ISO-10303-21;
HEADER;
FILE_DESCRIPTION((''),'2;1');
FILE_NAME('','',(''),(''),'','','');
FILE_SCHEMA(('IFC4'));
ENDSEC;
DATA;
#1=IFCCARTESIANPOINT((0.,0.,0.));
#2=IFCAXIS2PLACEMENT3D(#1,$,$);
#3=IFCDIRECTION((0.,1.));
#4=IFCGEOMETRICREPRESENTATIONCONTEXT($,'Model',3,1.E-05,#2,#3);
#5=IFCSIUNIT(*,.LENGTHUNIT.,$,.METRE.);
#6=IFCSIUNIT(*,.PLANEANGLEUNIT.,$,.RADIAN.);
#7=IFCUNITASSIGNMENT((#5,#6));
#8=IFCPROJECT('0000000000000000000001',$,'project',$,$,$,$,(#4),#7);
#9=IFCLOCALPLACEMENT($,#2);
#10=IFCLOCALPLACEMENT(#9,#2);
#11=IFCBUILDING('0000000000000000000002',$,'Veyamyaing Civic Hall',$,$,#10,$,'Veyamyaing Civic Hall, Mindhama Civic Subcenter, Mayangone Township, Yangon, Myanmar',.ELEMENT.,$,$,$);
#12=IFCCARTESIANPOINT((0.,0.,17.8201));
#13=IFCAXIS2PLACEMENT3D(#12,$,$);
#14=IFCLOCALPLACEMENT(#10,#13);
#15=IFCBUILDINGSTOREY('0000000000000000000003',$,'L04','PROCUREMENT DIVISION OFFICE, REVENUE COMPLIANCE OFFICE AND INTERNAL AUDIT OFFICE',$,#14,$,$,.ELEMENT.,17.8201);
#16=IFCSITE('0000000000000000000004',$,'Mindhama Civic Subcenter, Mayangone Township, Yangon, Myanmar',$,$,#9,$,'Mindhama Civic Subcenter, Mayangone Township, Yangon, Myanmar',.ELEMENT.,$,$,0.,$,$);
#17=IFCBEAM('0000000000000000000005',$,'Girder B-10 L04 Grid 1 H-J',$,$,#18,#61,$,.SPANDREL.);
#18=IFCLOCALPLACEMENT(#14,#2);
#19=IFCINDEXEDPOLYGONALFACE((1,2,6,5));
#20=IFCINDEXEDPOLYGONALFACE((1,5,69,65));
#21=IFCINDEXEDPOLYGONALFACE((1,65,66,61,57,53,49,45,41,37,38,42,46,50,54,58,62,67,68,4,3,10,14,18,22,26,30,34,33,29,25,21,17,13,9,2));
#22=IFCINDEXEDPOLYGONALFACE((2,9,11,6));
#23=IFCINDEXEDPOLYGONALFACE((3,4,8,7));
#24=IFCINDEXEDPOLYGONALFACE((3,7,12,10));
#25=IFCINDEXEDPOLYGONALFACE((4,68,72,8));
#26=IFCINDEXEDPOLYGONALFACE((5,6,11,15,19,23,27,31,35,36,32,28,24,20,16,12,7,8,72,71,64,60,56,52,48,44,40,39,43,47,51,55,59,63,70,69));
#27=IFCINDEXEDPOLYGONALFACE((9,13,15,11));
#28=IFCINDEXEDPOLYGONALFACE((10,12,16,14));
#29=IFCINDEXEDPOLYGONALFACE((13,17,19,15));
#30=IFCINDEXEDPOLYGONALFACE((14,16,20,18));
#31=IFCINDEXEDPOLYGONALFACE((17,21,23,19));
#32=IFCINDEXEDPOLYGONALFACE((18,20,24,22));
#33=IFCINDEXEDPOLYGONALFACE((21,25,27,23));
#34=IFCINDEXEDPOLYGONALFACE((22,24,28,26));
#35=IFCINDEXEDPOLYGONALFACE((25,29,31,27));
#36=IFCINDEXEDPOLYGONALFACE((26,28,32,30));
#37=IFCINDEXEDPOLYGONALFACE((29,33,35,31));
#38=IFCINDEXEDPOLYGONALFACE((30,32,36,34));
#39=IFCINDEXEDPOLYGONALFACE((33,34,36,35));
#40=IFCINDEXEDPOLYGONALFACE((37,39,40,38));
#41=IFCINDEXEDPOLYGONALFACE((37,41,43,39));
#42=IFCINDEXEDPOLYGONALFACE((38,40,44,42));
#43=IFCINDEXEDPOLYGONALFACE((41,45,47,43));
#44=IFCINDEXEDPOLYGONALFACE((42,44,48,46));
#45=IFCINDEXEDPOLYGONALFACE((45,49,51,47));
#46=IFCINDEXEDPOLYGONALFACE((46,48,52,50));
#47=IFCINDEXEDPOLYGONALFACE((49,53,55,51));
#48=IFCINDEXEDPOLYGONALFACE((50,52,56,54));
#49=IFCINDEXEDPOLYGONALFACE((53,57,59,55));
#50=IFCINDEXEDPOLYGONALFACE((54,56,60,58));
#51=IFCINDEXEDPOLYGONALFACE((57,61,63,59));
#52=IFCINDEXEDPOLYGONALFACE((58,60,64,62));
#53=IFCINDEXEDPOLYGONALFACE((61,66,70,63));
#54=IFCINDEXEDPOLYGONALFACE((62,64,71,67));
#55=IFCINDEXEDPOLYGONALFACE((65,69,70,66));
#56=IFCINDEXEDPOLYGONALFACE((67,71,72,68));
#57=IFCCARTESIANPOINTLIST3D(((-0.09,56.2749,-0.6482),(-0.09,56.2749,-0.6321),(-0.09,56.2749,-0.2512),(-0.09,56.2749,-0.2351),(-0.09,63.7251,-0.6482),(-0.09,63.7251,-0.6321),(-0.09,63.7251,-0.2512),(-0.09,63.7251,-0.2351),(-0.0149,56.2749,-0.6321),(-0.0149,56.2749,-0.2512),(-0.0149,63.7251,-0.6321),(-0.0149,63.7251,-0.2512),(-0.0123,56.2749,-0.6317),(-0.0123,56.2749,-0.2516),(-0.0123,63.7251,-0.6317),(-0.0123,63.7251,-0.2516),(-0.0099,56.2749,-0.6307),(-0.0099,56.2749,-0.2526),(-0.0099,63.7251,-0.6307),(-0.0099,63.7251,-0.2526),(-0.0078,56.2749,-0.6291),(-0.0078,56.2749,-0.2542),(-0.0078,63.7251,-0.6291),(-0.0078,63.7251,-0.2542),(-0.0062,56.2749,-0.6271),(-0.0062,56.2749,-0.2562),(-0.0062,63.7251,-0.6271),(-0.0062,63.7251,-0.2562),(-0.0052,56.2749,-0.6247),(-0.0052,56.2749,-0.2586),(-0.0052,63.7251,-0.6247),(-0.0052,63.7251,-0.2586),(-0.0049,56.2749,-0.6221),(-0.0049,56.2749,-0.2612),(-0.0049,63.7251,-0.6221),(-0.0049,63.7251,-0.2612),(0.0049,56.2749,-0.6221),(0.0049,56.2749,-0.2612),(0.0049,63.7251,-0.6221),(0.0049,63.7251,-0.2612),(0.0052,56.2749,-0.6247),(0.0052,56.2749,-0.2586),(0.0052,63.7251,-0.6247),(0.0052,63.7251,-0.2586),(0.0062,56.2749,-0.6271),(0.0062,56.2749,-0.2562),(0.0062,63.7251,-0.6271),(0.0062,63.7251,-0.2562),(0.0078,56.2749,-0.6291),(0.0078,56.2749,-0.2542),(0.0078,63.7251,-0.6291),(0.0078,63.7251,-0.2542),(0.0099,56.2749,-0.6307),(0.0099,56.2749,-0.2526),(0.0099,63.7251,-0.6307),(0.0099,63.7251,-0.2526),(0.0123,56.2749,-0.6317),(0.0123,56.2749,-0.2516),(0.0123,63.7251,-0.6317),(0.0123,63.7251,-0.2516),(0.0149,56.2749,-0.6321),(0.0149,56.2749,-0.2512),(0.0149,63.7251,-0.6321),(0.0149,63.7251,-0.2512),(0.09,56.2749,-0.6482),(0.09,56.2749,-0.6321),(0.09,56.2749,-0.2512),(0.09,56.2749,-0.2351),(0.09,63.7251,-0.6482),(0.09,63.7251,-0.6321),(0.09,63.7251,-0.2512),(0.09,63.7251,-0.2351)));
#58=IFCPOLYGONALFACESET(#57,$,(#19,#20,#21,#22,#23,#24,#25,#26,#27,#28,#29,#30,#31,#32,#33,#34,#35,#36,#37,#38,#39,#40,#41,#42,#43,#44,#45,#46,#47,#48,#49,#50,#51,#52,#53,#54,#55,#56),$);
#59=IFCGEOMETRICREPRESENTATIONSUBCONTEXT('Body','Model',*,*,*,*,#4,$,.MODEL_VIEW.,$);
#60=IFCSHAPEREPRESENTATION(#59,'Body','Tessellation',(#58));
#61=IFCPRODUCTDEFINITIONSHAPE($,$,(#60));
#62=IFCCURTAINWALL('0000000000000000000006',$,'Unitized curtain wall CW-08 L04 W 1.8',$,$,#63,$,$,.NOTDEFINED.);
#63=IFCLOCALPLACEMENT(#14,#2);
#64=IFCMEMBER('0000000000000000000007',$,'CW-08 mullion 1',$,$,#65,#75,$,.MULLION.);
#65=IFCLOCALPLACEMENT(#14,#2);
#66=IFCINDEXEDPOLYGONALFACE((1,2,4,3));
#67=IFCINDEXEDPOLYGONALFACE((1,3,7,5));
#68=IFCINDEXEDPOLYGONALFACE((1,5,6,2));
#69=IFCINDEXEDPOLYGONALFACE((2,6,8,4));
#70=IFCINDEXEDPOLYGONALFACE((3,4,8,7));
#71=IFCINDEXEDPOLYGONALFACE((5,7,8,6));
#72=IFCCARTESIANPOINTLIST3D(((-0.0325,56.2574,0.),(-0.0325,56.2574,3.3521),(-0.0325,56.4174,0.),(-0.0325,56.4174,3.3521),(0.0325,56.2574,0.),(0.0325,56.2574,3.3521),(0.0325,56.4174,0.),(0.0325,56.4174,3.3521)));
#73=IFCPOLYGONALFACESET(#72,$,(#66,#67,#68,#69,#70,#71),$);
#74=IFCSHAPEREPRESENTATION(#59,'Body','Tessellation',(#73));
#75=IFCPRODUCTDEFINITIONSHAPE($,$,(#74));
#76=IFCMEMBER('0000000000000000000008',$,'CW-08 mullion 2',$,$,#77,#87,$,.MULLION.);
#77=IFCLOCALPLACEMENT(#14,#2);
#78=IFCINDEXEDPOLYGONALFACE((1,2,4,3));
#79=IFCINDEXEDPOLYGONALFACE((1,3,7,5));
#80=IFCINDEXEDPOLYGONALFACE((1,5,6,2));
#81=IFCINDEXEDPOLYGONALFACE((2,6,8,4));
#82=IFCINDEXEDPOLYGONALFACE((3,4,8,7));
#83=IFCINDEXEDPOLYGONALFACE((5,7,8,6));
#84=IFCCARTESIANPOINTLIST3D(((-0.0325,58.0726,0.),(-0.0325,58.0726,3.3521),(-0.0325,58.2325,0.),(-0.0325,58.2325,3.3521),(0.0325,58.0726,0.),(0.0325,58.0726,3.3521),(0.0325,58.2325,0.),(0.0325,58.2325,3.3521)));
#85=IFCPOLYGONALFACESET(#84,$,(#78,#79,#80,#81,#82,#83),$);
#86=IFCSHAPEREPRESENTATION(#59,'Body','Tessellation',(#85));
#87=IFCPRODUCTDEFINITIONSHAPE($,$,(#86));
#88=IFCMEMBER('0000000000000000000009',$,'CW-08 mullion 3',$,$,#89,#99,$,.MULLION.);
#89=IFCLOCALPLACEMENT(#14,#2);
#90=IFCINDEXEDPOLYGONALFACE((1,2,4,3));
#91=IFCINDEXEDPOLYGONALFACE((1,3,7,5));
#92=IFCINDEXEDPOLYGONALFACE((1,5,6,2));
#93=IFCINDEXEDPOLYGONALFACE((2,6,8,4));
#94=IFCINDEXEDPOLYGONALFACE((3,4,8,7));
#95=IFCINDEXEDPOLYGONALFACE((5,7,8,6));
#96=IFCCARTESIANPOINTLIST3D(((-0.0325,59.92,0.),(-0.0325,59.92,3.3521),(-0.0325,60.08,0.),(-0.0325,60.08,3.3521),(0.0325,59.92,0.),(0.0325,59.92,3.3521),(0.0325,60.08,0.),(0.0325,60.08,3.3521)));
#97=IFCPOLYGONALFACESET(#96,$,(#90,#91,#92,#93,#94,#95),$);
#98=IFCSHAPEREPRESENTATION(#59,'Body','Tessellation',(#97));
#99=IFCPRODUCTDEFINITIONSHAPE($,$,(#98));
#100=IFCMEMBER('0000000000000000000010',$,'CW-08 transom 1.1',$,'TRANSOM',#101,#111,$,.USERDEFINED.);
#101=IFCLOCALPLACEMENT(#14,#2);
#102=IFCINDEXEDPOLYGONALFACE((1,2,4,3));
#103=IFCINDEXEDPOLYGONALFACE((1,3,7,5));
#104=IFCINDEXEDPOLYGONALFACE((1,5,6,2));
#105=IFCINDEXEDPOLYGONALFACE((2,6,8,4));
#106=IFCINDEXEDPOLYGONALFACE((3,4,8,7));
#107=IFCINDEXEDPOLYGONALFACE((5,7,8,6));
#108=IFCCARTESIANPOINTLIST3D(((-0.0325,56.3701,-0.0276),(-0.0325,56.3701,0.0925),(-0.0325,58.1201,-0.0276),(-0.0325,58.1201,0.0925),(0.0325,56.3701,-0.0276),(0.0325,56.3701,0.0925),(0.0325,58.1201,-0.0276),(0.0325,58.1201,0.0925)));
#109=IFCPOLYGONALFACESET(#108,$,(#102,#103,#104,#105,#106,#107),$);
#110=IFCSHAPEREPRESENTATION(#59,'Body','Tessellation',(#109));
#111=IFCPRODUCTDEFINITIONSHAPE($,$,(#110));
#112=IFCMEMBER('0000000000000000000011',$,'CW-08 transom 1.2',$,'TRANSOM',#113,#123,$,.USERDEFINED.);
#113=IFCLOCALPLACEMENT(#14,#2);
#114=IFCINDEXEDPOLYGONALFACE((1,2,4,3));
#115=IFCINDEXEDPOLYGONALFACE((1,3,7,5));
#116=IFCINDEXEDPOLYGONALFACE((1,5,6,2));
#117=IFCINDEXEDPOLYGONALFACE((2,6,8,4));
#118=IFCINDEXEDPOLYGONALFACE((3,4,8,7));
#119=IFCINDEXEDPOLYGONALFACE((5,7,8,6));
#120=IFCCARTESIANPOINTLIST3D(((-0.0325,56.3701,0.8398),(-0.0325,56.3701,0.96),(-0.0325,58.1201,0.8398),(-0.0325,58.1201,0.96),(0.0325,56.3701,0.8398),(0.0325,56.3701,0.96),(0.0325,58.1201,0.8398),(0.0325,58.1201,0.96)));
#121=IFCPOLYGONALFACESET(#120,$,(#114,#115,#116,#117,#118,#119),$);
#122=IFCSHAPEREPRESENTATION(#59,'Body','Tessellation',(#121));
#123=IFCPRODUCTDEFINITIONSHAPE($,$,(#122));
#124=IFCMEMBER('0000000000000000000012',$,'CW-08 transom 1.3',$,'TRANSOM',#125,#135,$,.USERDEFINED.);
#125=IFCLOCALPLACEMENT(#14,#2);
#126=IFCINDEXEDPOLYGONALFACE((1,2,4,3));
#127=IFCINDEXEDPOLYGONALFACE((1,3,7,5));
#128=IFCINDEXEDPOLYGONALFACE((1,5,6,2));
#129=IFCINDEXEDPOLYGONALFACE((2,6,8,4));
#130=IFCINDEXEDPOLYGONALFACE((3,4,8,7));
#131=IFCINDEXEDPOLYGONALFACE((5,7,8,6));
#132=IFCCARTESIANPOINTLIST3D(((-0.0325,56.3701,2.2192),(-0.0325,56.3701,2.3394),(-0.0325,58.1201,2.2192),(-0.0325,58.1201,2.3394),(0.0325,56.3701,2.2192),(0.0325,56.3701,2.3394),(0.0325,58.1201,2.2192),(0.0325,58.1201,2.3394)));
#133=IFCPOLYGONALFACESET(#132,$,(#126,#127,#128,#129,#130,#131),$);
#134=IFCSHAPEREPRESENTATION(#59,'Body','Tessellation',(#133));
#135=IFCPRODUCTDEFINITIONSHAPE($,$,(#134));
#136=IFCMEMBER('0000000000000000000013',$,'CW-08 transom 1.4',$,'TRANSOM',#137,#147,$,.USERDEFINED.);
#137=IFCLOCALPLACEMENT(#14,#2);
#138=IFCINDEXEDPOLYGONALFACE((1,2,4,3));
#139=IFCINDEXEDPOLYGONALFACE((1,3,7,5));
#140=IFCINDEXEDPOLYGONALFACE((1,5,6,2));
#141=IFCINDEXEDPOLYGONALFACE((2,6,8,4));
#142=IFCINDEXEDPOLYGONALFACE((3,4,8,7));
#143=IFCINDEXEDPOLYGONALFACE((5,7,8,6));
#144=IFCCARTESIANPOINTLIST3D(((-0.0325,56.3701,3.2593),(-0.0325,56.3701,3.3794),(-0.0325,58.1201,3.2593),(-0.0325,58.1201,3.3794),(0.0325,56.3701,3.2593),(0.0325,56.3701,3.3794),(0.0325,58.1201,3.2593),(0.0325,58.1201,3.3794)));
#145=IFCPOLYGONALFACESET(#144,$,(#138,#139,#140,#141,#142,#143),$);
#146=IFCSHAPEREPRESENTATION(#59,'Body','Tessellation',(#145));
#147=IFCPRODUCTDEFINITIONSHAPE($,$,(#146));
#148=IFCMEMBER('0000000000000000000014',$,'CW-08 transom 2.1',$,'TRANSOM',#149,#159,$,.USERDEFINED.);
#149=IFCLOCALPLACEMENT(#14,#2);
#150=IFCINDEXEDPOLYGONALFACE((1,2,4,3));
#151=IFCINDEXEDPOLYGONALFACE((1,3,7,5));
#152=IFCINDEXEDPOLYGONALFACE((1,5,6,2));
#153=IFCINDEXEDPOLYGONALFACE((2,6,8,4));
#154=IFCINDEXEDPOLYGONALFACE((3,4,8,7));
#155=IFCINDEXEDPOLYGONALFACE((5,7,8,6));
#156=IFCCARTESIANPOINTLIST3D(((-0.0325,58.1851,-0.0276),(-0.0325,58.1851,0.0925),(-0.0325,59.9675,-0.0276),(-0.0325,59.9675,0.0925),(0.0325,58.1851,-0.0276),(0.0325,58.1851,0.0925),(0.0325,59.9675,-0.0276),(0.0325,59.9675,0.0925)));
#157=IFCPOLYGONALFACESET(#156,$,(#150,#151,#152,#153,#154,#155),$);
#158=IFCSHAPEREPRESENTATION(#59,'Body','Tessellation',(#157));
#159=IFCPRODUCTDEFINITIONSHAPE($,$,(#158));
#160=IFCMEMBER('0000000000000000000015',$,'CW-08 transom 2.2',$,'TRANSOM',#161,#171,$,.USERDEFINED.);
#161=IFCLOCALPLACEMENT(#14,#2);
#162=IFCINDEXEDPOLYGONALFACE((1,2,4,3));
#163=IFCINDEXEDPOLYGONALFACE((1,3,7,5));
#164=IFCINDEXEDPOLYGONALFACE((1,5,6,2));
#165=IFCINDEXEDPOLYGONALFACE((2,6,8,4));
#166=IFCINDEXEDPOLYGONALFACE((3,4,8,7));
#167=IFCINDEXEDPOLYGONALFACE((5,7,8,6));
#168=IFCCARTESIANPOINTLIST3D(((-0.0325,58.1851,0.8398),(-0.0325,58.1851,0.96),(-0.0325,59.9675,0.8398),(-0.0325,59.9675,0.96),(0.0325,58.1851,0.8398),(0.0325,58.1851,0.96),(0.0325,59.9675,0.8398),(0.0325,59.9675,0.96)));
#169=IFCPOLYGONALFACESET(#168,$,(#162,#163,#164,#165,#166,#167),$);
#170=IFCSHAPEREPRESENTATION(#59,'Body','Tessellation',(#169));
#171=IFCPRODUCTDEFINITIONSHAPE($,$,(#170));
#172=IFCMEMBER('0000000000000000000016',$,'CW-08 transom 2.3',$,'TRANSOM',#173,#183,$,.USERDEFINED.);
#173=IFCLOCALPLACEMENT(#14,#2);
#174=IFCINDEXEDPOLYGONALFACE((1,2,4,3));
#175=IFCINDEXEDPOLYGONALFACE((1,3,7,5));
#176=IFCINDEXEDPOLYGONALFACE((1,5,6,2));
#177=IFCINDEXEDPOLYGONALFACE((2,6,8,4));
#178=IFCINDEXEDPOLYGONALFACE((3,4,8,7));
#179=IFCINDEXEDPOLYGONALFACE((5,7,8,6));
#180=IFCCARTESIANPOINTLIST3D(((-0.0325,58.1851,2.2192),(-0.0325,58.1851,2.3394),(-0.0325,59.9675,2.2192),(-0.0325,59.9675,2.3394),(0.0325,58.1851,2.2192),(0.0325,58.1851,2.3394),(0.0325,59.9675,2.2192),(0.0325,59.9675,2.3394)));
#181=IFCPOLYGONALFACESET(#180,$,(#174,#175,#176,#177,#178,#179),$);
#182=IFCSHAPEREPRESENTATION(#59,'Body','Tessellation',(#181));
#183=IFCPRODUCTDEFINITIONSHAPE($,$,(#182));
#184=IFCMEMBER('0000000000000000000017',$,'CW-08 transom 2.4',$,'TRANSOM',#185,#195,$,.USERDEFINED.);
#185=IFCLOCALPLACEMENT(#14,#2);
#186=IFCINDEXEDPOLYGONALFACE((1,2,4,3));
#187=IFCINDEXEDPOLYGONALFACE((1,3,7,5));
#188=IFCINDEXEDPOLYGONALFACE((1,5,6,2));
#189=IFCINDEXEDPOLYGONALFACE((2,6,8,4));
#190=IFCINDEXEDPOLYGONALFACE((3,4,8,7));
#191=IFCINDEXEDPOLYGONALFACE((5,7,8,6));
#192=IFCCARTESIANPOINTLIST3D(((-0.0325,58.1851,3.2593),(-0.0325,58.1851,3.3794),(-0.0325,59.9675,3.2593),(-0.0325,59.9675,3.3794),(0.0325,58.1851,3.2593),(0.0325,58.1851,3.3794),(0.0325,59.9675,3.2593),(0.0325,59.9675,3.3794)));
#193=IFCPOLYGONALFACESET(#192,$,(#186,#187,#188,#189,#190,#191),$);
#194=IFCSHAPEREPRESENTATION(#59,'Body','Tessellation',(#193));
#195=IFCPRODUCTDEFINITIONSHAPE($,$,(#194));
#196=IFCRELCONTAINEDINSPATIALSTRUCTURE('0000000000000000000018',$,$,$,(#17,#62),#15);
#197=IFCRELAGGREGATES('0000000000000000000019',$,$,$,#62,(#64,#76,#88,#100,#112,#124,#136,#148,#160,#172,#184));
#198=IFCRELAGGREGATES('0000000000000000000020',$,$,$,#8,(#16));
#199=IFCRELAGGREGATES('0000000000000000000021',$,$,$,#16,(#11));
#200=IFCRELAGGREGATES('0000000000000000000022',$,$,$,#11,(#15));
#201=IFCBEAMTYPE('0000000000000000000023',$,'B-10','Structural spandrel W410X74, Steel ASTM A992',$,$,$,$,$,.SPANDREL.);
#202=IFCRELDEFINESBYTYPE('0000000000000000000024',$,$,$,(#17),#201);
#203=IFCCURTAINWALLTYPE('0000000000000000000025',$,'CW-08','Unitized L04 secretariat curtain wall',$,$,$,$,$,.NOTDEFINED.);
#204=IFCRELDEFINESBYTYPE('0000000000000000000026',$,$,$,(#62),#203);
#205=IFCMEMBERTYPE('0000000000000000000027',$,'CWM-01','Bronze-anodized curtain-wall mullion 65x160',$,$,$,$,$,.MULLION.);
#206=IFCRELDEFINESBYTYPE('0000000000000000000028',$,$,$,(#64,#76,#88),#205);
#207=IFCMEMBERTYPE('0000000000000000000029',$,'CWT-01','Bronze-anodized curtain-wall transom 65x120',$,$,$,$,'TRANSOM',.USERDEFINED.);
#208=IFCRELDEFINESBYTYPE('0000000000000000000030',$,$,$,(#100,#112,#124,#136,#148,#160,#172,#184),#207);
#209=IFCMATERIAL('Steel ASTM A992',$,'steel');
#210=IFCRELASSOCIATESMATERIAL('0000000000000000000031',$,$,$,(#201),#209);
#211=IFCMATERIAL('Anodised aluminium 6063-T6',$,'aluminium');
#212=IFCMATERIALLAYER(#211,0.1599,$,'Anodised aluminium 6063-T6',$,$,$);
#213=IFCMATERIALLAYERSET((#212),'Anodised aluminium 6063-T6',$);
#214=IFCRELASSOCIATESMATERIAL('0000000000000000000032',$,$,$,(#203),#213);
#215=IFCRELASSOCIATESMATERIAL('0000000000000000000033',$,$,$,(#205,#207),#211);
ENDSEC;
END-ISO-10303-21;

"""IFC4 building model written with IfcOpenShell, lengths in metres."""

from ifc_helpers import new_model, si_unit, direction, frame, origin, origin_2d, place, context, subcontext, project, spatial, rectangle, i_section, extrude, material, layer, layer_set, material_profile, profile_set, type_object, element, aggregate, save


model = new_model("IFC4")

# Units and contexts
model_context = context("Model", 3, precision=1e-05, world=origin(), true_north=direction((0.0, 1.0)))
body_context = subcontext(model_context, "Body", "Model", "MODEL_VIEW")
ifc_project = project(units=[si_unit("LENGTHUNIT", "METRE"), si_unit("PLANEANGLEUNIT", "RADIAN")], contexts=[model_context])

# Site, building, storey
site_placement = place(None, origin())
site = spatial("IfcSite", under=ifc_project, at=site_placement, Name="Mindhama Civic Subcenter, Mayangone Township, Yangon, Myanmar", LongName="Mindhama Civic Subcenter, Mayangone Township, Yangon, Myanmar", CompositionType="ELEMENT", RefElevation=0.0)
building_placement = place(site_placement, origin())
building = spatial("IfcBuilding", under=site, at=building_placement, Name="Veyamyaing Civic Hall", LongName="Veyamyaing Civic Hall, Mindhama Civic Subcenter, Mayangone Township, Yangon, Myanmar", CompositionType="ELEMENT")
storey_placement = place(building_placement, frame((0.0, 0.0, 17.8201)))
storey = spatial("IfcBuildingStorey", under=building, at=storey_placement, Name="L04", Description="PROCUREMENT DIVISION OFFICE, REVENUE COMPLIANCE OFFICE AND INTERNAL AUDIT OFFICE", CompositionType="ELEMENT", Elevation=17.8201)

# Beam
ifc_material_1 = material(Name="Steel ASTM A992", Category="steel")
ifc_material_profile_1 = material_profile(ifc_material_1, i_section(OverallWidth=0.1799, OverallDepth=0.4131, WebThickness=0.0098, FlangeThickness=0.0161, FilletRadius=0.01, at=origin_2d()), Name="W410X74")
ifc_profile_set_1 = profile_set([ifc_material_profile_1], Name="Steel ASTM A992")
beam_type_1 = type_object("IfcBeamType", Name="B-10", Description="Structural spandrel W410X74, Steel ASTM A992", PredefinedType="SPANDREL", material=ifc_profile_set_1)
beam_1_placement = place(storey_placement, frame((0.0, 56.2749, -0.4417), z_axis=(0.0, 1.0, 0.0), x_axis=(-1.0, 0.0, 0.0)))
element("IfcBeam", 1, at=beam_1_placement, inside=storey, type_object=beam_type_1, Name="Girder B-10 L04 Grid 1 H-J", PredefinedType="SPANDREL", context=body_context, shape_type="SweptSolid", body=[
    extrude(i_section(OverallWidth=0.1799, OverallDepth=0.4131, WebThickness=0.0098, FlangeThickness=0.0161, FilletRadius=0.01, at=origin_2d()), origin(), (0.0, 0.0, 1.0), 7.4502),
])

# Curtain wall, members
ifc_material_2 = material(Name="Anodised aluminium 6063-T6", Category="aluminium")
ifc_layer_1 = layer(ifc_material_2, 0.1599, Name="Anodised aluminium 6063-T6")
ifc_layer_set_1 = layer_set([ifc_layer_1], Name="Anodised aluminium 6063-T6")
curtain_wall_type = type_object("IfcCurtainWallType", Name="CW-08", Description="Unitized L04 secretariat curtain wall", PredefinedType="NOTDEFINED", material=ifc_layer_set_1)
curtain_wall_placement = place(storey_placement, origin())
curtain_wall = element("IfcCurtainWall", 2, at=curtain_wall_placement, inside=storey, type_object=curtain_wall_type, Name="Unitized curtain wall CW-08 L04 W 1.8", PredefinedType="NOTDEFINED")
ifc_material_profile_2 = material_profile(ifc_material_2, rectangle(XDim=0.0649, YDim=0.1599, at=origin_2d()), Name="ALU-MUL-65X160")
ifc_profile_set_2 = profile_set([ifc_material_profile_2], Name="Anodised aluminium 6063-T6")
member_type_1 = type_object("IfcMemberType", Name="CWM-01", Description="Bronze-anodized curtain-wall mullion 65x160", PredefinedType="MULLION", material=ifc_profile_set_2)
member_1_placement = place(storey_placement, frame((0.0, 56.3374, 0.0), z_axis=(0.0, 0.0, 1.0), x_axis=(-1.0, 0.0, 0.0)))
member_1 = element("IfcMember", 3, at=member_1_placement, type_object=member_type_1, Name="CW-08 mullion 1", PredefinedType="MULLION", context=body_context, shape_type="SweptSolid", body=[
    extrude(rectangle(XDim=0.0649, YDim=0.1599, at=origin_2d()), origin(), (0.0, 0.0, 1.0), 3.3521),
])
member_2_placement = place(storey_placement, frame((0.0, 58.1526, 0.0), z_axis=(0.0, 0.0, 1.0), x_axis=(-1.0, 0.0, 0.0)))
member_2 = element("IfcMember", 4, at=member_2_placement, type_object=member_type_1, Name="CW-08 mullion 2", PredefinedType="MULLION", context=body_context, shape_type="SweptSolid", body=[
    extrude(rectangle(XDim=0.0649, YDim=0.1599, at=origin_2d()), origin(), (0.0, 0.0, 1.0), 3.3521),
])
member_3_placement = place(storey_placement, frame((0.0, 60.0, 0.0), z_axis=(0.0, 0.0, 1.0), x_axis=(-1.0, 0.0, 0.0)))
member_3 = element("IfcMember", 5, at=member_3_placement, type_object=member_type_1, Name="CW-08 mullion 3", PredefinedType="MULLION", context=body_context, shape_type="SweptSolid", body=[
    extrude(rectangle(XDim=0.0649, YDim=0.1599, at=origin_2d()), origin(), (0.0, 0.0, 1.0), 3.3521),
])
ifc_material_profile_3 = material_profile(ifc_material_2, rectangle(XDim=0.0649, YDim=0.1201, at=origin_2d()), Name="ALU-TRN-65X120")
ifc_profile_set_3 = profile_set([ifc_material_profile_3], Name="Anodised aluminium 6063-T6")
member_type_2 = type_object("IfcMemberType", Name="CWT-01", Description="Bronze-anodized curtain-wall transom 65x120", ElementType="TRANSOM", PredefinedType="USERDEFINED", material=ifc_profile_set_3)
member_4_placement = place(storey_placement, frame((0.0, 56.3701, 0.0325), z_axis=(0.0, 1.0, 0.0), x_axis=(-1.0, 0.0, 0.0)))
member_4 = element("IfcMember", 6, at=member_4_placement, type_object=member_type_2, Name="CW-08 transom 1.1", ObjectType="TRANSOM", PredefinedType="USERDEFINED", context=body_context, shape_type="SweptSolid", body=[
    extrude(rectangle(XDim=0.0649, YDim=0.1201, at=origin_2d()), origin(), (0.0, 0.0, 1.0), 1.75),
])
member_5_placement = place(storey_placement, frame((0.0, 56.3701, 0.8999), z_axis=(0.0, 1.0, 0.0), x_axis=(-1.0, 0.0, 0.0)))
member_5 = element("IfcMember", 7, at=member_5_placement, type_object=member_type_2, Name="CW-08 transom 1.2", ObjectType="TRANSOM", PredefinedType="USERDEFINED", context=body_context, shape_type="SweptSolid", body=[
    extrude(rectangle(XDim=0.0649, YDim=0.1201, at=origin_2d()), origin(), (0.0, 0.0, 1.0), 1.75),
])
member_6_placement = place(storey_placement, frame((0.0, 56.3701, 2.2793), z_axis=(0.0, 1.0, 0.0), x_axis=(-1.0, 0.0, 0.0)))
member_6 = element("IfcMember", 8, at=member_6_placement, type_object=member_type_2, Name="CW-08 transom 1.3", ObjectType="TRANSOM", PredefinedType="USERDEFINED", context=body_context, shape_type="SweptSolid", body=[
    extrude(rectangle(XDim=0.0649, YDim=0.1201, at=origin_2d()), origin(), (0.0, 0.0, 1.0), 1.75),
])
member_7_placement = place(storey_placement, frame((0.0, 56.3701, 3.3193), z_axis=(0.0, 1.0, 0.0), x_axis=(-1.0, 0.0, 0.0)))
member_7 = element("IfcMember", 9, at=member_7_placement, type_object=member_type_2, Name="CW-08 transom 1.4", ObjectType="TRANSOM", PredefinedType="USERDEFINED", context=body_context, shape_type="SweptSolid", body=[
    extrude(rectangle(XDim=0.0649, YDim=0.1201, at=origin_2d()), origin(), (0.0, 0.0, 1.0), 1.75),
])
member_8_placement = place(storey_placement, frame((0.0, 58.1851, 0.0325), z_axis=(0.0, 1.0, 0.0), x_axis=(-1.0, 0.0, 0.0)))
member_8 = element("IfcMember", 10, at=member_8_placement, type_object=member_type_2, Name="CW-08 transom 2.1", ObjectType="TRANSOM", PredefinedType="USERDEFINED", context=body_context, shape_type="SweptSolid", body=[
    extrude(rectangle(XDim=0.0649, YDim=0.1201, at=origin_2d()), origin(), (0.0, 0.0, 1.0), 1.7825),
])
member_9_placement = place(storey_placement, frame((0.0, 58.1851, 0.8999), z_axis=(0.0, 1.0, 0.0), x_axis=(-1.0, 0.0, 0.0)))
member_9 = element("IfcMember", 11, at=member_9_placement, type_object=member_type_2, Name="CW-08 transom 2.2", ObjectType="TRANSOM", PredefinedType="USERDEFINED", context=body_context, shape_type="SweptSolid", body=[
    extrude(rectangle(XDim=0.0649, YDim=0.1201, at=origin_2d()), origin(), (0.0, 0.0, 1.0), 1.7825),
])
member_10_placement = place(storey_placement, frame((0.0, 58.1851, 2.2793), z_axis=(0.0, 1.0, 0.0), x_axis=(-1.0, 0.0, 0.0)))
member_10 = element("IfcMember", 12, at=member_10_placement, type_object=member_type_2, Name="CW-08 transom 2.3", ObjectType="TRANSOM", PredefinedType="USERDEFINED", context=body_context, shape_type="SweptSolid", body=[
    extrude(rectangle(XDim=0.0649, YDim=0.1201, at=origin_2d()), origin(), (0.0, 0.0, 1.0), 1.7825),
])
member_11_placement = place(storey_placement, frame((0.0, 58.1851, 3.3193), z_axis=(0.0, 1.0, 0.0), x_axis=(-1.0, 0.0, 0.0)))
member_11 = element("IfcMember", 13, at=member_11_placement, type_object=member_type_2, Name="CW-08 transom 2.4", ObjectType="TRANSOM", PredefinedType="USERDEFINED", context=body_context, shape_type="SweptSolid", body=[
    extrude(rectangle(XDim=0.0649, YDim=0.1201, at=origin_2d()), origin(), (0.0, 0.0, 1.0), 1.7825),
])

aggregate(curtain_wall, [member_1, member_2, member_3, member_4, member_5, member_6, member_7, member_8, member_9, member_10, member_11])

save(model, "model.ifc")
